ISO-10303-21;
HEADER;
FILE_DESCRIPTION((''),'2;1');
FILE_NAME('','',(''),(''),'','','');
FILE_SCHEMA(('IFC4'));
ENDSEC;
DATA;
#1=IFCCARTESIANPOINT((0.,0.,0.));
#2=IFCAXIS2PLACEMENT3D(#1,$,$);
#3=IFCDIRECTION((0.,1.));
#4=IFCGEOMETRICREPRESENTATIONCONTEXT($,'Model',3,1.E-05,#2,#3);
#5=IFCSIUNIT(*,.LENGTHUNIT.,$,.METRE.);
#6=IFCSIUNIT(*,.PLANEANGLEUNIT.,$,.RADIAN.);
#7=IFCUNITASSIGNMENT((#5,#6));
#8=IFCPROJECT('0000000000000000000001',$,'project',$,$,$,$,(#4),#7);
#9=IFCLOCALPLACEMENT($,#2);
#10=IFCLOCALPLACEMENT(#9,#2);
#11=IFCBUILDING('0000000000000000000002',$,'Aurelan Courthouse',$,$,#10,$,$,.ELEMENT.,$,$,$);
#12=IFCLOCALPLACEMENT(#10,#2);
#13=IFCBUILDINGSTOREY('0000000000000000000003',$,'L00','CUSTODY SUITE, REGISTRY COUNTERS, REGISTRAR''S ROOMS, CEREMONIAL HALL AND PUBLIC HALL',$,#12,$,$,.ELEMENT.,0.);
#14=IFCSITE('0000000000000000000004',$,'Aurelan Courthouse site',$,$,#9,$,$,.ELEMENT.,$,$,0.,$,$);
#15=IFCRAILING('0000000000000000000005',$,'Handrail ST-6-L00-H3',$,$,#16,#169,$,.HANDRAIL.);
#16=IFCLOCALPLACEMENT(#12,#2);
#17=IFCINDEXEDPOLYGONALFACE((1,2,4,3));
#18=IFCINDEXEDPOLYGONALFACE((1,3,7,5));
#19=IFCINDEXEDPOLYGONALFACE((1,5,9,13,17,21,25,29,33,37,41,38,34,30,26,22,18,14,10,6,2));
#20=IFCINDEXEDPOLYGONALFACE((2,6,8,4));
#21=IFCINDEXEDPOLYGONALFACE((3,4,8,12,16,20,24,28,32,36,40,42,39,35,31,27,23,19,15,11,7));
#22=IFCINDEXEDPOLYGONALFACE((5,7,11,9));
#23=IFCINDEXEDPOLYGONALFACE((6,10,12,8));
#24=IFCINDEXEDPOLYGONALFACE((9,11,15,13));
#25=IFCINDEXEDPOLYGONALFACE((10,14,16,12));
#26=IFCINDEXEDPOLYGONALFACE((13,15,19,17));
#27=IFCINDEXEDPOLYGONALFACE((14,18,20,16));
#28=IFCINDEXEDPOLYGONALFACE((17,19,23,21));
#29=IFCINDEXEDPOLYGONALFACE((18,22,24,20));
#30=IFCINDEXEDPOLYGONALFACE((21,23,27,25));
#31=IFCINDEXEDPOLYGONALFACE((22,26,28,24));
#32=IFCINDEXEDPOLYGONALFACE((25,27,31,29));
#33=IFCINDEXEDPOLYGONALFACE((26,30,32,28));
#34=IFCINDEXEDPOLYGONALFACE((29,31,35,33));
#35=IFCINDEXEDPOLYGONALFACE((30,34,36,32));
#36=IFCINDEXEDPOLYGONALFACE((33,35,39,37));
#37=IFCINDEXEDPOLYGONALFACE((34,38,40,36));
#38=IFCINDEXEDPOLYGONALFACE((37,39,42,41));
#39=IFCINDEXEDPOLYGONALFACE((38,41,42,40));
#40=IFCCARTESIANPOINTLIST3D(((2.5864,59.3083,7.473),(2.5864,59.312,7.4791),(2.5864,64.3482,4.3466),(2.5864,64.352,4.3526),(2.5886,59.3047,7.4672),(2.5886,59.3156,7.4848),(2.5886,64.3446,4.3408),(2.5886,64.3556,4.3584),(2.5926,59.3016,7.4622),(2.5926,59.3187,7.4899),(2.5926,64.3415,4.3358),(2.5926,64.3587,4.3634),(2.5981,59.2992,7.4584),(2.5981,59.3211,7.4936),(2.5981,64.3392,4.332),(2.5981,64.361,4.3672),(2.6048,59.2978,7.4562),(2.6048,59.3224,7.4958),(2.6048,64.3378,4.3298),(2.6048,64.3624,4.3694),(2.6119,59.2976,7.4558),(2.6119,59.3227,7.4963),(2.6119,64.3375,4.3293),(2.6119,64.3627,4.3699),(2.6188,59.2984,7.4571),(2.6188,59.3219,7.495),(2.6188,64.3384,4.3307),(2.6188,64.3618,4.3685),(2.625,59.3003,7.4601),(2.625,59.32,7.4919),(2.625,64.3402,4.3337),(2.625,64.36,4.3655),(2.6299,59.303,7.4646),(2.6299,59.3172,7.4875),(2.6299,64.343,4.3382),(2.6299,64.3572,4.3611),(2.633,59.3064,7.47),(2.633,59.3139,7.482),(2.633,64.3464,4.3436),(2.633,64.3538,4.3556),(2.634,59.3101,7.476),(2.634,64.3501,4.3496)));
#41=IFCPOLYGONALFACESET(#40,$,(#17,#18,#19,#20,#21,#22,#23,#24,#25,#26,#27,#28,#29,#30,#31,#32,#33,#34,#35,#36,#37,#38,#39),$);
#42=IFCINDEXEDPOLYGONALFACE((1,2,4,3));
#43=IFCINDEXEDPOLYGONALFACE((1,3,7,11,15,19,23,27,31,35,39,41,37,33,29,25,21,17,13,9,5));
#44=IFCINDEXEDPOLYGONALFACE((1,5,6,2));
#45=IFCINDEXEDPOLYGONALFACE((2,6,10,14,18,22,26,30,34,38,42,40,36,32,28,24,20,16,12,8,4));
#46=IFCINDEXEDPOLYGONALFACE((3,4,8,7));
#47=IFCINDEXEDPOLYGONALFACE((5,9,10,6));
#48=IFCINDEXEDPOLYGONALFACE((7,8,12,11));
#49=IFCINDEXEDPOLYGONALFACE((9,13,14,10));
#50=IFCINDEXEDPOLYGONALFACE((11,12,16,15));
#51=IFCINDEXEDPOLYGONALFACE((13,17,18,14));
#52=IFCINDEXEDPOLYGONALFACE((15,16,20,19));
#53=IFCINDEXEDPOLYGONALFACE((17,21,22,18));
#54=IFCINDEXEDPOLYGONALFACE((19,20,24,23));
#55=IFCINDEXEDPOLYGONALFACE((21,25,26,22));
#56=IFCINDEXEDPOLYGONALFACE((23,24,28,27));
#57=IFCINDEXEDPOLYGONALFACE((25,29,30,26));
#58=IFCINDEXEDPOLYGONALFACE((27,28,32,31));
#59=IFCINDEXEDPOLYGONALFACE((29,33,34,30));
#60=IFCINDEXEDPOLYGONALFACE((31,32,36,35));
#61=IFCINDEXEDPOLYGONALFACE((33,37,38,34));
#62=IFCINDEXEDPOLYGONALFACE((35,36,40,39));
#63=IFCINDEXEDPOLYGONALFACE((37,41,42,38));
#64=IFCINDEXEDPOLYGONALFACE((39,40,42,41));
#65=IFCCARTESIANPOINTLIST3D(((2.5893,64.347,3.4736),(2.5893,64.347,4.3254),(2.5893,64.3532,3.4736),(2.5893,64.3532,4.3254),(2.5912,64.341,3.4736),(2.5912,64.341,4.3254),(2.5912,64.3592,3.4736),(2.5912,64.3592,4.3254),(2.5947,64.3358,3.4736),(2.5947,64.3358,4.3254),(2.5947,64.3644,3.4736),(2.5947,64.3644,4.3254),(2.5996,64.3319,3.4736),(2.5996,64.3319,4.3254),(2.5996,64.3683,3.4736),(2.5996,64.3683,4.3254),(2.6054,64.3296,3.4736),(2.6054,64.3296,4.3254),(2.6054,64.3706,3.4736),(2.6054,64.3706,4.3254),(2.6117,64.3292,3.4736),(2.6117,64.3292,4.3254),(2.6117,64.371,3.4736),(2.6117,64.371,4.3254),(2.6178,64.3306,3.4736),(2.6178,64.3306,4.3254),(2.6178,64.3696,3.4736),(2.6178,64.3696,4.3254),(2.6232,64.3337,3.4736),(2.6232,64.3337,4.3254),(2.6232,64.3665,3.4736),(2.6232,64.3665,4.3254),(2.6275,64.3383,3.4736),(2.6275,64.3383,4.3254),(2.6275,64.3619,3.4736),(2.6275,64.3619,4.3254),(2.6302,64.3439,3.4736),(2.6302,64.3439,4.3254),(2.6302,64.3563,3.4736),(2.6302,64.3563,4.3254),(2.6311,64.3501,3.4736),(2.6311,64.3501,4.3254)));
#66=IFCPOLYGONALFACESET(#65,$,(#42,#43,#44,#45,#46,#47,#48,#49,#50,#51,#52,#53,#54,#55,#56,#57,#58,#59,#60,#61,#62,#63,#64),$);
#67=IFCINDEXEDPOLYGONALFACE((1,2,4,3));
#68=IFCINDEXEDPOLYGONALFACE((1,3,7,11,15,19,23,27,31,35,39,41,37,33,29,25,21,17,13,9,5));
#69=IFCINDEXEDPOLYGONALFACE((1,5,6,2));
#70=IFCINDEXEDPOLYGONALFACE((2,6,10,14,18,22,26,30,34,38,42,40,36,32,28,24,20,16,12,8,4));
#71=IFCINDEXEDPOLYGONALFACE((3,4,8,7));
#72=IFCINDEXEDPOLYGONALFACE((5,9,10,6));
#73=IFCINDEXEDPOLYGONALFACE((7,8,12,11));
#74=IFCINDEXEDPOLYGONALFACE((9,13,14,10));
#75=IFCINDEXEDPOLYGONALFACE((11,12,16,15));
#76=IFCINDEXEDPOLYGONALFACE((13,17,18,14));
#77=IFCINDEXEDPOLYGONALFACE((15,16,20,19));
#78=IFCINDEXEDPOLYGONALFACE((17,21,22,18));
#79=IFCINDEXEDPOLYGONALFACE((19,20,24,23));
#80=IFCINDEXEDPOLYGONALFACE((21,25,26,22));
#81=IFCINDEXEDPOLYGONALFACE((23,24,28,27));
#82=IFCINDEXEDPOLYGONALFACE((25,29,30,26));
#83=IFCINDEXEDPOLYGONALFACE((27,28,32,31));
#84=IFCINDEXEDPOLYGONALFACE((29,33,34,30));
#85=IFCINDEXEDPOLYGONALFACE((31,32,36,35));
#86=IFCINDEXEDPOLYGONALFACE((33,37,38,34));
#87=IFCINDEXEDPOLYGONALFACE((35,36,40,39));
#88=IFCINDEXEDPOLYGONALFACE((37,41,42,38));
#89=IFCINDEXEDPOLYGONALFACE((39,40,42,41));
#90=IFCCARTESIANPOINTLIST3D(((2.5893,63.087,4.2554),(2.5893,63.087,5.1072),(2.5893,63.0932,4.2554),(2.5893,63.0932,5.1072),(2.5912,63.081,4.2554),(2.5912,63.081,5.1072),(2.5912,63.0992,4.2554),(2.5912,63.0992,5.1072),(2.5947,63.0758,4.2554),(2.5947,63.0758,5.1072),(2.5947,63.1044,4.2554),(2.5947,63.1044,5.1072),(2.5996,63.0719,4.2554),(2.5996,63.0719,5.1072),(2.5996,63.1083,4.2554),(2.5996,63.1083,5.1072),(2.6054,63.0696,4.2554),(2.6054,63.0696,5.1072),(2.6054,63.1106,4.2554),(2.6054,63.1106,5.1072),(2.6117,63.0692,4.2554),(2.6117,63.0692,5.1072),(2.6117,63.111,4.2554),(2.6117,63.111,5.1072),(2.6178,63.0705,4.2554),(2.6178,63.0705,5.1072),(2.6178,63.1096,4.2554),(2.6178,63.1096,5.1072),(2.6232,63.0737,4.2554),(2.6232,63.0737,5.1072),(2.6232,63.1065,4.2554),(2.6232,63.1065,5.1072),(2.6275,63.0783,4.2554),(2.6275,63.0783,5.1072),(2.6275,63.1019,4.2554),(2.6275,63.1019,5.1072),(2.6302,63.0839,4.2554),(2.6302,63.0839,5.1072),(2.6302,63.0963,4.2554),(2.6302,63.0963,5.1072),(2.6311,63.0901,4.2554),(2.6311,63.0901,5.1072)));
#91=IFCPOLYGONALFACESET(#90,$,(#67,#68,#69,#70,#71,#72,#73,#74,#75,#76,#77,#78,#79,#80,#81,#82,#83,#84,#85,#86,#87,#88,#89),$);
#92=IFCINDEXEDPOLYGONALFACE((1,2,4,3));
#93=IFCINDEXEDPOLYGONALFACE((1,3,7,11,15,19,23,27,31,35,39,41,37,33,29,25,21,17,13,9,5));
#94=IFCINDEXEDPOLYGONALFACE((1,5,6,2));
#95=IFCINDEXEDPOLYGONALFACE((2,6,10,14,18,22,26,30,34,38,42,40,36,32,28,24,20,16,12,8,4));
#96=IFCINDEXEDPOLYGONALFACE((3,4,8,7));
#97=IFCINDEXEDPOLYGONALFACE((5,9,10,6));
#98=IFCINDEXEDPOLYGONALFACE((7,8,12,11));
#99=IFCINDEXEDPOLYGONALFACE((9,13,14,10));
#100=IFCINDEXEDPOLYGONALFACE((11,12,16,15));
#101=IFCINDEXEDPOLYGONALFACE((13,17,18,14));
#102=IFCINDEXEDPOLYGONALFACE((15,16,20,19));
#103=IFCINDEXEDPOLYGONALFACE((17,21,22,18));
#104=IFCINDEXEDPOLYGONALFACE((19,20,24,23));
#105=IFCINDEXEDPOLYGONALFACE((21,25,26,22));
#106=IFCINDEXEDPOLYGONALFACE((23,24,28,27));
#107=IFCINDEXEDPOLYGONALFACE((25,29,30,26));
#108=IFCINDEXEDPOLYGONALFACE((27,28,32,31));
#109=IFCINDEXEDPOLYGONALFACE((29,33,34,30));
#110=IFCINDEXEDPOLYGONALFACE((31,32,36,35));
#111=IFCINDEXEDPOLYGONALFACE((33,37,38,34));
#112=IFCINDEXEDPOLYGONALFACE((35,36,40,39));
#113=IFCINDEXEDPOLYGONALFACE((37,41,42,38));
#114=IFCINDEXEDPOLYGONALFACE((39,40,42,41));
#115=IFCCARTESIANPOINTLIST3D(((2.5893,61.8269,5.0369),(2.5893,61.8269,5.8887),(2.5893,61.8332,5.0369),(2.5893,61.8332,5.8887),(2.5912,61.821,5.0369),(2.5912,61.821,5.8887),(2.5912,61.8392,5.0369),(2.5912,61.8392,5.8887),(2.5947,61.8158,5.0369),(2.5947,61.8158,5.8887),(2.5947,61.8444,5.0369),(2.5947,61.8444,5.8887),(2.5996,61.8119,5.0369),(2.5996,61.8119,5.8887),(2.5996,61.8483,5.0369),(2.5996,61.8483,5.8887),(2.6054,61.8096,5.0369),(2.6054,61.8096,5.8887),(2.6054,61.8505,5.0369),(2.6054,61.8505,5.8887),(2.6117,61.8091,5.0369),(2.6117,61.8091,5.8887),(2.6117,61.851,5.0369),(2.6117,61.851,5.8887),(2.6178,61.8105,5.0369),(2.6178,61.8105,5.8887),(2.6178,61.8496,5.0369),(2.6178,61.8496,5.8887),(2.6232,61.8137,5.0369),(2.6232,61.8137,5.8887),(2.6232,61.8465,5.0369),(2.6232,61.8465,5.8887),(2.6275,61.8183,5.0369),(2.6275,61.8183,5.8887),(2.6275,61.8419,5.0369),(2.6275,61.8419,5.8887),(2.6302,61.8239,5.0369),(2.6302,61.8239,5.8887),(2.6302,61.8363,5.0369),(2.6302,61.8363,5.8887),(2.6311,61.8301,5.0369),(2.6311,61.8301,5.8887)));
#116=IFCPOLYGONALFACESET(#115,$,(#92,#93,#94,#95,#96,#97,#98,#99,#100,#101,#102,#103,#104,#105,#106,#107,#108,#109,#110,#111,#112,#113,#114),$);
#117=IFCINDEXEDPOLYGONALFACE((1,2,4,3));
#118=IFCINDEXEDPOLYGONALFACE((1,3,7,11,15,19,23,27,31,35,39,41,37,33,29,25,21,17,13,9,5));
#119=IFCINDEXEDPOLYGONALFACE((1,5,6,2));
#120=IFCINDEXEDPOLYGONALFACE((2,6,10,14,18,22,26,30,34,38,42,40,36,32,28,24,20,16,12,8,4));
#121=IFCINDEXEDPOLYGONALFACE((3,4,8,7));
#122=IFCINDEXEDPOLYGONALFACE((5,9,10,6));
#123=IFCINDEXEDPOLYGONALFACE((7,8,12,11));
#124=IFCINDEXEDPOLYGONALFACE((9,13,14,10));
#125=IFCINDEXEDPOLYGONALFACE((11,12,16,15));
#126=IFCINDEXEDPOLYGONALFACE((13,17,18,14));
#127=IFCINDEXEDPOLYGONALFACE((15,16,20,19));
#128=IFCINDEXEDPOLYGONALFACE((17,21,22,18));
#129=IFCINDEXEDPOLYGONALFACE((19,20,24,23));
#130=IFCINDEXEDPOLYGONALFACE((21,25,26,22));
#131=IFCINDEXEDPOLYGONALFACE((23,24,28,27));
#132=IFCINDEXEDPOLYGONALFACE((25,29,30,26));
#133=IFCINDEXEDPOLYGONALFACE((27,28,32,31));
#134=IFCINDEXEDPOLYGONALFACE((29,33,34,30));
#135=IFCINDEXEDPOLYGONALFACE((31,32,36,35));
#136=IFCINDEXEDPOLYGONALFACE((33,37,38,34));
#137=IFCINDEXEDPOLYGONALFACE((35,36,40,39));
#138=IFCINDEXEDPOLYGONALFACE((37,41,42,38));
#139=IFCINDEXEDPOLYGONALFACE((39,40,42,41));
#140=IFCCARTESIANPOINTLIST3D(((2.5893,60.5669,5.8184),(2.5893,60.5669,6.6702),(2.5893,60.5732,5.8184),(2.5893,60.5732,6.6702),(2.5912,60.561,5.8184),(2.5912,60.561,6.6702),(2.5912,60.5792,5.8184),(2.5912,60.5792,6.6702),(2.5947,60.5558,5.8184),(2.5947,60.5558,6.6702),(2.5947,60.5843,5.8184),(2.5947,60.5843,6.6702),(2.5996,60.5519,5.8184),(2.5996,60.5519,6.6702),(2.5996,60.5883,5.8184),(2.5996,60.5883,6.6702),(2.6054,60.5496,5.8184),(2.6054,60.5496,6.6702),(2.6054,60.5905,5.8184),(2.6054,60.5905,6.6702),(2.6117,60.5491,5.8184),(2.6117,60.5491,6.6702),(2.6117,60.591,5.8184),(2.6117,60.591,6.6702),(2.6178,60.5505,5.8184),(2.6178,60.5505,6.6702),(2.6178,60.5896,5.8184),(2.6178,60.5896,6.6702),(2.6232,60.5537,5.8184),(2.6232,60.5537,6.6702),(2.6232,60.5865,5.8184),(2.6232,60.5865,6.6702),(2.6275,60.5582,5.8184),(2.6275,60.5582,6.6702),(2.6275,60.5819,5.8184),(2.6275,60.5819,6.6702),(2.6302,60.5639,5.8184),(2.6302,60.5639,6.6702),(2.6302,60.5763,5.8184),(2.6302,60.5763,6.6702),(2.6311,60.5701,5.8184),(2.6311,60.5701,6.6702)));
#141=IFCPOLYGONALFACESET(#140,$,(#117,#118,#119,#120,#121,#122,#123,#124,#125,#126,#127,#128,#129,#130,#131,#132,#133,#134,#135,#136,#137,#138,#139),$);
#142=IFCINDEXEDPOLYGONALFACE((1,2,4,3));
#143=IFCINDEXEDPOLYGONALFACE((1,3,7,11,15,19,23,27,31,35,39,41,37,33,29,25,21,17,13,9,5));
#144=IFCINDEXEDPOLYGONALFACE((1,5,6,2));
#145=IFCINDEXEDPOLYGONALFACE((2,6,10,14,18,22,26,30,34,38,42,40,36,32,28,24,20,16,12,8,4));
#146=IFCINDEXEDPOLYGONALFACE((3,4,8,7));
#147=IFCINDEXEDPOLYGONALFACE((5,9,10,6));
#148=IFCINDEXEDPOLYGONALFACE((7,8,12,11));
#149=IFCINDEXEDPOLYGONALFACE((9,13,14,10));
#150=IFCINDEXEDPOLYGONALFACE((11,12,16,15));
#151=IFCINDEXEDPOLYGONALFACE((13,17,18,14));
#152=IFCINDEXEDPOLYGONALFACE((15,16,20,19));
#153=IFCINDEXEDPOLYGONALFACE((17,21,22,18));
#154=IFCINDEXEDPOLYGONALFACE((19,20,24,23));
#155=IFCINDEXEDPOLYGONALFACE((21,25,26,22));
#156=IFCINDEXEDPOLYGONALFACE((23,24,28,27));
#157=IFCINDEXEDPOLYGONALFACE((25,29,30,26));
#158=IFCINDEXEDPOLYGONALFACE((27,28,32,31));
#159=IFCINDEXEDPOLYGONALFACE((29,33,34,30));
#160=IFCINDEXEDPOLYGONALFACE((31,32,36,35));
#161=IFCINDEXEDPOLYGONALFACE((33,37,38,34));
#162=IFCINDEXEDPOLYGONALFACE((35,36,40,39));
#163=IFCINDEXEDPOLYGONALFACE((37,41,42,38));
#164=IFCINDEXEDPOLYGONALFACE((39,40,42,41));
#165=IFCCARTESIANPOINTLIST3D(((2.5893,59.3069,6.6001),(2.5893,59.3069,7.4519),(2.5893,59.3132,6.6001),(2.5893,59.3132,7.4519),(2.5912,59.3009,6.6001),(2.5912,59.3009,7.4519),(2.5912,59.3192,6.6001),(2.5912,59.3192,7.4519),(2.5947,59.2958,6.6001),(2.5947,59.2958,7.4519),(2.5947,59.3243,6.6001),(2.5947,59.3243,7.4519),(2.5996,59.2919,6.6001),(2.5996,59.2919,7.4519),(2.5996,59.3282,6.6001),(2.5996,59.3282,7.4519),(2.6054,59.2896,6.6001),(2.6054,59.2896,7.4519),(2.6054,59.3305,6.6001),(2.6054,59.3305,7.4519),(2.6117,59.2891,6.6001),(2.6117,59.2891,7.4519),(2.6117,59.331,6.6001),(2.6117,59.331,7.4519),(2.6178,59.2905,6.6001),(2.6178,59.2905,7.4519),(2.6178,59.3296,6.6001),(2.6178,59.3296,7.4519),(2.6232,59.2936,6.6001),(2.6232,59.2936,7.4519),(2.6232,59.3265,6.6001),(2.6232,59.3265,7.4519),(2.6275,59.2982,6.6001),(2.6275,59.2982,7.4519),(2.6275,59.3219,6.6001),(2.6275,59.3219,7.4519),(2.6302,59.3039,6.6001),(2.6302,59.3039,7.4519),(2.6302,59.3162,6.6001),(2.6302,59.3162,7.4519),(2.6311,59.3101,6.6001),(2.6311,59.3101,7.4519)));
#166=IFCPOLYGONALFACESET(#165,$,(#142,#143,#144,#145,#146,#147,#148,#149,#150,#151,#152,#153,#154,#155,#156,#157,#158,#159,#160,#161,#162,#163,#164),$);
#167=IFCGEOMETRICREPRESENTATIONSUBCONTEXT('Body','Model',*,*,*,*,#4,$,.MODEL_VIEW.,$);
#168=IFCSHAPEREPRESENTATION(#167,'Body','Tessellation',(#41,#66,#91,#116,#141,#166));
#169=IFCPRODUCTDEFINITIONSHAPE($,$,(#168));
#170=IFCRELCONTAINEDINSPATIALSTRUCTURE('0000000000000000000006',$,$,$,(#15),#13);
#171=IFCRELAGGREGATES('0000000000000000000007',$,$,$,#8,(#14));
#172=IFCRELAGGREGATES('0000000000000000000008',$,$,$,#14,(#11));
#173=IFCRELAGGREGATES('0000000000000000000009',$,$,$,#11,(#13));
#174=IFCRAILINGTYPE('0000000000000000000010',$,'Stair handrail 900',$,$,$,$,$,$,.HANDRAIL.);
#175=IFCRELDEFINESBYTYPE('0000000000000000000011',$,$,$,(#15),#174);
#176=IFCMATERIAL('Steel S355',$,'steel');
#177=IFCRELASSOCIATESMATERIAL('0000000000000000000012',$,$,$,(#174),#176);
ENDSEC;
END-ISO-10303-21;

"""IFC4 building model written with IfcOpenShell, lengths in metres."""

from ifc_helpers import new_model, si_unit, direction, frame, origin, origin_2d, place, context, subcontext, project, spatial, circle, extrude, material, type_object, element, save


model = new_model("IFC4")

# Units and contexts
model_context = context("Model", 3, precision=1e-05, world=origin(), true_north=direction((0.0, 1.0)))
body_context = subcontext(model_context, "Body", "Model", "MODEL_VIEW")
ifc_project = project(units=[si_unit("LENGTHUNIT", "METRE"), si_unit("PLANEANGLEUNIT", "RADIAN")], contexts=[model_context])

# Site, building, storey
site_placement = place(None, origin())
site = spatial("IfcSite", under=ifc_project, at=site_placement, Name="Aurelan Courthouse site", CompositionType="ELEMENT", RefElevation=0.0)
building_placement = place(site_placement, origin())
building = spatial("IfcBuilding", under=site, at=building_placement, Name="Aurelan Courthouse", CompositionType="ELEMENT")
storey_placement = place(building_placement, origin())
storey = spatial("IfcBuildingStorey", under=building, at=storey_placement, Name="L00", Description="CUSTODY SUITE, REGISTRY COUNTERS, REGISTRAR'S ROOMS, CEREMONIAL HALL AND PUBLIC HALL", CompositionType="ELEMENT", Elevation=0.0)

# Railing
ifc_material_1 = material(Name="Steel S355", Category="steel")
railing_type_1 = type_object("IfcRailingType", Name="Stair handrail 900", PredefinedType="HANDRAIL", material=ifc_material_1)
railing_1_placement = place(storey_placement, frame((2.6101, 64.3501, 3.4736)))
element("IfcRailing", 1, at=railing_1_placement, inside=storey, type_object=railing_type_1, Name="Handrail ST-6-L00-H3", PredefinedType="HANDRAIL", context=body_context, shape_type="SweptSolid", body=[
    extrude(circle(Radius=0.0239, at=origin_2d()), frame((0.0, 0.0, 0.876), z_axis=(0.0, -0.849779, 0.527139), x_axis=(1.0, 0.0, 0.0)), (0.0, 0.0, 1.0), 5.9309),
    extrude(circle(Radius=0.021, at=origin_2d()), origin(), (0.0, 0.0, 1.0), 0.8518),
    extrude(circle(Radius=0.021, at=origin_2d()), frame((0.0, -1.26, 0.7817)), (0.0, 0.0, 1.0), 0.8518),
    extrude(circle(Radius=0.021, at=origin_2d()), frame((0.0, -2.52, 1.5632)), (0.0, 0.0, 1.0), 0.8518),
    extrude(circle(Radius=0.021, at=origin_2d()), frame((0.0, -3.78, 2.3447)), (0.0, 0.0, 1.0), 0.8518),
    extrude(circle(Radius=0.021, at=origin_2d()), frame((0.0, -5.04, 3.1265)), (0.0, 0.0, 1.0), 0.8518),
])

save(model, "model.ifc")
